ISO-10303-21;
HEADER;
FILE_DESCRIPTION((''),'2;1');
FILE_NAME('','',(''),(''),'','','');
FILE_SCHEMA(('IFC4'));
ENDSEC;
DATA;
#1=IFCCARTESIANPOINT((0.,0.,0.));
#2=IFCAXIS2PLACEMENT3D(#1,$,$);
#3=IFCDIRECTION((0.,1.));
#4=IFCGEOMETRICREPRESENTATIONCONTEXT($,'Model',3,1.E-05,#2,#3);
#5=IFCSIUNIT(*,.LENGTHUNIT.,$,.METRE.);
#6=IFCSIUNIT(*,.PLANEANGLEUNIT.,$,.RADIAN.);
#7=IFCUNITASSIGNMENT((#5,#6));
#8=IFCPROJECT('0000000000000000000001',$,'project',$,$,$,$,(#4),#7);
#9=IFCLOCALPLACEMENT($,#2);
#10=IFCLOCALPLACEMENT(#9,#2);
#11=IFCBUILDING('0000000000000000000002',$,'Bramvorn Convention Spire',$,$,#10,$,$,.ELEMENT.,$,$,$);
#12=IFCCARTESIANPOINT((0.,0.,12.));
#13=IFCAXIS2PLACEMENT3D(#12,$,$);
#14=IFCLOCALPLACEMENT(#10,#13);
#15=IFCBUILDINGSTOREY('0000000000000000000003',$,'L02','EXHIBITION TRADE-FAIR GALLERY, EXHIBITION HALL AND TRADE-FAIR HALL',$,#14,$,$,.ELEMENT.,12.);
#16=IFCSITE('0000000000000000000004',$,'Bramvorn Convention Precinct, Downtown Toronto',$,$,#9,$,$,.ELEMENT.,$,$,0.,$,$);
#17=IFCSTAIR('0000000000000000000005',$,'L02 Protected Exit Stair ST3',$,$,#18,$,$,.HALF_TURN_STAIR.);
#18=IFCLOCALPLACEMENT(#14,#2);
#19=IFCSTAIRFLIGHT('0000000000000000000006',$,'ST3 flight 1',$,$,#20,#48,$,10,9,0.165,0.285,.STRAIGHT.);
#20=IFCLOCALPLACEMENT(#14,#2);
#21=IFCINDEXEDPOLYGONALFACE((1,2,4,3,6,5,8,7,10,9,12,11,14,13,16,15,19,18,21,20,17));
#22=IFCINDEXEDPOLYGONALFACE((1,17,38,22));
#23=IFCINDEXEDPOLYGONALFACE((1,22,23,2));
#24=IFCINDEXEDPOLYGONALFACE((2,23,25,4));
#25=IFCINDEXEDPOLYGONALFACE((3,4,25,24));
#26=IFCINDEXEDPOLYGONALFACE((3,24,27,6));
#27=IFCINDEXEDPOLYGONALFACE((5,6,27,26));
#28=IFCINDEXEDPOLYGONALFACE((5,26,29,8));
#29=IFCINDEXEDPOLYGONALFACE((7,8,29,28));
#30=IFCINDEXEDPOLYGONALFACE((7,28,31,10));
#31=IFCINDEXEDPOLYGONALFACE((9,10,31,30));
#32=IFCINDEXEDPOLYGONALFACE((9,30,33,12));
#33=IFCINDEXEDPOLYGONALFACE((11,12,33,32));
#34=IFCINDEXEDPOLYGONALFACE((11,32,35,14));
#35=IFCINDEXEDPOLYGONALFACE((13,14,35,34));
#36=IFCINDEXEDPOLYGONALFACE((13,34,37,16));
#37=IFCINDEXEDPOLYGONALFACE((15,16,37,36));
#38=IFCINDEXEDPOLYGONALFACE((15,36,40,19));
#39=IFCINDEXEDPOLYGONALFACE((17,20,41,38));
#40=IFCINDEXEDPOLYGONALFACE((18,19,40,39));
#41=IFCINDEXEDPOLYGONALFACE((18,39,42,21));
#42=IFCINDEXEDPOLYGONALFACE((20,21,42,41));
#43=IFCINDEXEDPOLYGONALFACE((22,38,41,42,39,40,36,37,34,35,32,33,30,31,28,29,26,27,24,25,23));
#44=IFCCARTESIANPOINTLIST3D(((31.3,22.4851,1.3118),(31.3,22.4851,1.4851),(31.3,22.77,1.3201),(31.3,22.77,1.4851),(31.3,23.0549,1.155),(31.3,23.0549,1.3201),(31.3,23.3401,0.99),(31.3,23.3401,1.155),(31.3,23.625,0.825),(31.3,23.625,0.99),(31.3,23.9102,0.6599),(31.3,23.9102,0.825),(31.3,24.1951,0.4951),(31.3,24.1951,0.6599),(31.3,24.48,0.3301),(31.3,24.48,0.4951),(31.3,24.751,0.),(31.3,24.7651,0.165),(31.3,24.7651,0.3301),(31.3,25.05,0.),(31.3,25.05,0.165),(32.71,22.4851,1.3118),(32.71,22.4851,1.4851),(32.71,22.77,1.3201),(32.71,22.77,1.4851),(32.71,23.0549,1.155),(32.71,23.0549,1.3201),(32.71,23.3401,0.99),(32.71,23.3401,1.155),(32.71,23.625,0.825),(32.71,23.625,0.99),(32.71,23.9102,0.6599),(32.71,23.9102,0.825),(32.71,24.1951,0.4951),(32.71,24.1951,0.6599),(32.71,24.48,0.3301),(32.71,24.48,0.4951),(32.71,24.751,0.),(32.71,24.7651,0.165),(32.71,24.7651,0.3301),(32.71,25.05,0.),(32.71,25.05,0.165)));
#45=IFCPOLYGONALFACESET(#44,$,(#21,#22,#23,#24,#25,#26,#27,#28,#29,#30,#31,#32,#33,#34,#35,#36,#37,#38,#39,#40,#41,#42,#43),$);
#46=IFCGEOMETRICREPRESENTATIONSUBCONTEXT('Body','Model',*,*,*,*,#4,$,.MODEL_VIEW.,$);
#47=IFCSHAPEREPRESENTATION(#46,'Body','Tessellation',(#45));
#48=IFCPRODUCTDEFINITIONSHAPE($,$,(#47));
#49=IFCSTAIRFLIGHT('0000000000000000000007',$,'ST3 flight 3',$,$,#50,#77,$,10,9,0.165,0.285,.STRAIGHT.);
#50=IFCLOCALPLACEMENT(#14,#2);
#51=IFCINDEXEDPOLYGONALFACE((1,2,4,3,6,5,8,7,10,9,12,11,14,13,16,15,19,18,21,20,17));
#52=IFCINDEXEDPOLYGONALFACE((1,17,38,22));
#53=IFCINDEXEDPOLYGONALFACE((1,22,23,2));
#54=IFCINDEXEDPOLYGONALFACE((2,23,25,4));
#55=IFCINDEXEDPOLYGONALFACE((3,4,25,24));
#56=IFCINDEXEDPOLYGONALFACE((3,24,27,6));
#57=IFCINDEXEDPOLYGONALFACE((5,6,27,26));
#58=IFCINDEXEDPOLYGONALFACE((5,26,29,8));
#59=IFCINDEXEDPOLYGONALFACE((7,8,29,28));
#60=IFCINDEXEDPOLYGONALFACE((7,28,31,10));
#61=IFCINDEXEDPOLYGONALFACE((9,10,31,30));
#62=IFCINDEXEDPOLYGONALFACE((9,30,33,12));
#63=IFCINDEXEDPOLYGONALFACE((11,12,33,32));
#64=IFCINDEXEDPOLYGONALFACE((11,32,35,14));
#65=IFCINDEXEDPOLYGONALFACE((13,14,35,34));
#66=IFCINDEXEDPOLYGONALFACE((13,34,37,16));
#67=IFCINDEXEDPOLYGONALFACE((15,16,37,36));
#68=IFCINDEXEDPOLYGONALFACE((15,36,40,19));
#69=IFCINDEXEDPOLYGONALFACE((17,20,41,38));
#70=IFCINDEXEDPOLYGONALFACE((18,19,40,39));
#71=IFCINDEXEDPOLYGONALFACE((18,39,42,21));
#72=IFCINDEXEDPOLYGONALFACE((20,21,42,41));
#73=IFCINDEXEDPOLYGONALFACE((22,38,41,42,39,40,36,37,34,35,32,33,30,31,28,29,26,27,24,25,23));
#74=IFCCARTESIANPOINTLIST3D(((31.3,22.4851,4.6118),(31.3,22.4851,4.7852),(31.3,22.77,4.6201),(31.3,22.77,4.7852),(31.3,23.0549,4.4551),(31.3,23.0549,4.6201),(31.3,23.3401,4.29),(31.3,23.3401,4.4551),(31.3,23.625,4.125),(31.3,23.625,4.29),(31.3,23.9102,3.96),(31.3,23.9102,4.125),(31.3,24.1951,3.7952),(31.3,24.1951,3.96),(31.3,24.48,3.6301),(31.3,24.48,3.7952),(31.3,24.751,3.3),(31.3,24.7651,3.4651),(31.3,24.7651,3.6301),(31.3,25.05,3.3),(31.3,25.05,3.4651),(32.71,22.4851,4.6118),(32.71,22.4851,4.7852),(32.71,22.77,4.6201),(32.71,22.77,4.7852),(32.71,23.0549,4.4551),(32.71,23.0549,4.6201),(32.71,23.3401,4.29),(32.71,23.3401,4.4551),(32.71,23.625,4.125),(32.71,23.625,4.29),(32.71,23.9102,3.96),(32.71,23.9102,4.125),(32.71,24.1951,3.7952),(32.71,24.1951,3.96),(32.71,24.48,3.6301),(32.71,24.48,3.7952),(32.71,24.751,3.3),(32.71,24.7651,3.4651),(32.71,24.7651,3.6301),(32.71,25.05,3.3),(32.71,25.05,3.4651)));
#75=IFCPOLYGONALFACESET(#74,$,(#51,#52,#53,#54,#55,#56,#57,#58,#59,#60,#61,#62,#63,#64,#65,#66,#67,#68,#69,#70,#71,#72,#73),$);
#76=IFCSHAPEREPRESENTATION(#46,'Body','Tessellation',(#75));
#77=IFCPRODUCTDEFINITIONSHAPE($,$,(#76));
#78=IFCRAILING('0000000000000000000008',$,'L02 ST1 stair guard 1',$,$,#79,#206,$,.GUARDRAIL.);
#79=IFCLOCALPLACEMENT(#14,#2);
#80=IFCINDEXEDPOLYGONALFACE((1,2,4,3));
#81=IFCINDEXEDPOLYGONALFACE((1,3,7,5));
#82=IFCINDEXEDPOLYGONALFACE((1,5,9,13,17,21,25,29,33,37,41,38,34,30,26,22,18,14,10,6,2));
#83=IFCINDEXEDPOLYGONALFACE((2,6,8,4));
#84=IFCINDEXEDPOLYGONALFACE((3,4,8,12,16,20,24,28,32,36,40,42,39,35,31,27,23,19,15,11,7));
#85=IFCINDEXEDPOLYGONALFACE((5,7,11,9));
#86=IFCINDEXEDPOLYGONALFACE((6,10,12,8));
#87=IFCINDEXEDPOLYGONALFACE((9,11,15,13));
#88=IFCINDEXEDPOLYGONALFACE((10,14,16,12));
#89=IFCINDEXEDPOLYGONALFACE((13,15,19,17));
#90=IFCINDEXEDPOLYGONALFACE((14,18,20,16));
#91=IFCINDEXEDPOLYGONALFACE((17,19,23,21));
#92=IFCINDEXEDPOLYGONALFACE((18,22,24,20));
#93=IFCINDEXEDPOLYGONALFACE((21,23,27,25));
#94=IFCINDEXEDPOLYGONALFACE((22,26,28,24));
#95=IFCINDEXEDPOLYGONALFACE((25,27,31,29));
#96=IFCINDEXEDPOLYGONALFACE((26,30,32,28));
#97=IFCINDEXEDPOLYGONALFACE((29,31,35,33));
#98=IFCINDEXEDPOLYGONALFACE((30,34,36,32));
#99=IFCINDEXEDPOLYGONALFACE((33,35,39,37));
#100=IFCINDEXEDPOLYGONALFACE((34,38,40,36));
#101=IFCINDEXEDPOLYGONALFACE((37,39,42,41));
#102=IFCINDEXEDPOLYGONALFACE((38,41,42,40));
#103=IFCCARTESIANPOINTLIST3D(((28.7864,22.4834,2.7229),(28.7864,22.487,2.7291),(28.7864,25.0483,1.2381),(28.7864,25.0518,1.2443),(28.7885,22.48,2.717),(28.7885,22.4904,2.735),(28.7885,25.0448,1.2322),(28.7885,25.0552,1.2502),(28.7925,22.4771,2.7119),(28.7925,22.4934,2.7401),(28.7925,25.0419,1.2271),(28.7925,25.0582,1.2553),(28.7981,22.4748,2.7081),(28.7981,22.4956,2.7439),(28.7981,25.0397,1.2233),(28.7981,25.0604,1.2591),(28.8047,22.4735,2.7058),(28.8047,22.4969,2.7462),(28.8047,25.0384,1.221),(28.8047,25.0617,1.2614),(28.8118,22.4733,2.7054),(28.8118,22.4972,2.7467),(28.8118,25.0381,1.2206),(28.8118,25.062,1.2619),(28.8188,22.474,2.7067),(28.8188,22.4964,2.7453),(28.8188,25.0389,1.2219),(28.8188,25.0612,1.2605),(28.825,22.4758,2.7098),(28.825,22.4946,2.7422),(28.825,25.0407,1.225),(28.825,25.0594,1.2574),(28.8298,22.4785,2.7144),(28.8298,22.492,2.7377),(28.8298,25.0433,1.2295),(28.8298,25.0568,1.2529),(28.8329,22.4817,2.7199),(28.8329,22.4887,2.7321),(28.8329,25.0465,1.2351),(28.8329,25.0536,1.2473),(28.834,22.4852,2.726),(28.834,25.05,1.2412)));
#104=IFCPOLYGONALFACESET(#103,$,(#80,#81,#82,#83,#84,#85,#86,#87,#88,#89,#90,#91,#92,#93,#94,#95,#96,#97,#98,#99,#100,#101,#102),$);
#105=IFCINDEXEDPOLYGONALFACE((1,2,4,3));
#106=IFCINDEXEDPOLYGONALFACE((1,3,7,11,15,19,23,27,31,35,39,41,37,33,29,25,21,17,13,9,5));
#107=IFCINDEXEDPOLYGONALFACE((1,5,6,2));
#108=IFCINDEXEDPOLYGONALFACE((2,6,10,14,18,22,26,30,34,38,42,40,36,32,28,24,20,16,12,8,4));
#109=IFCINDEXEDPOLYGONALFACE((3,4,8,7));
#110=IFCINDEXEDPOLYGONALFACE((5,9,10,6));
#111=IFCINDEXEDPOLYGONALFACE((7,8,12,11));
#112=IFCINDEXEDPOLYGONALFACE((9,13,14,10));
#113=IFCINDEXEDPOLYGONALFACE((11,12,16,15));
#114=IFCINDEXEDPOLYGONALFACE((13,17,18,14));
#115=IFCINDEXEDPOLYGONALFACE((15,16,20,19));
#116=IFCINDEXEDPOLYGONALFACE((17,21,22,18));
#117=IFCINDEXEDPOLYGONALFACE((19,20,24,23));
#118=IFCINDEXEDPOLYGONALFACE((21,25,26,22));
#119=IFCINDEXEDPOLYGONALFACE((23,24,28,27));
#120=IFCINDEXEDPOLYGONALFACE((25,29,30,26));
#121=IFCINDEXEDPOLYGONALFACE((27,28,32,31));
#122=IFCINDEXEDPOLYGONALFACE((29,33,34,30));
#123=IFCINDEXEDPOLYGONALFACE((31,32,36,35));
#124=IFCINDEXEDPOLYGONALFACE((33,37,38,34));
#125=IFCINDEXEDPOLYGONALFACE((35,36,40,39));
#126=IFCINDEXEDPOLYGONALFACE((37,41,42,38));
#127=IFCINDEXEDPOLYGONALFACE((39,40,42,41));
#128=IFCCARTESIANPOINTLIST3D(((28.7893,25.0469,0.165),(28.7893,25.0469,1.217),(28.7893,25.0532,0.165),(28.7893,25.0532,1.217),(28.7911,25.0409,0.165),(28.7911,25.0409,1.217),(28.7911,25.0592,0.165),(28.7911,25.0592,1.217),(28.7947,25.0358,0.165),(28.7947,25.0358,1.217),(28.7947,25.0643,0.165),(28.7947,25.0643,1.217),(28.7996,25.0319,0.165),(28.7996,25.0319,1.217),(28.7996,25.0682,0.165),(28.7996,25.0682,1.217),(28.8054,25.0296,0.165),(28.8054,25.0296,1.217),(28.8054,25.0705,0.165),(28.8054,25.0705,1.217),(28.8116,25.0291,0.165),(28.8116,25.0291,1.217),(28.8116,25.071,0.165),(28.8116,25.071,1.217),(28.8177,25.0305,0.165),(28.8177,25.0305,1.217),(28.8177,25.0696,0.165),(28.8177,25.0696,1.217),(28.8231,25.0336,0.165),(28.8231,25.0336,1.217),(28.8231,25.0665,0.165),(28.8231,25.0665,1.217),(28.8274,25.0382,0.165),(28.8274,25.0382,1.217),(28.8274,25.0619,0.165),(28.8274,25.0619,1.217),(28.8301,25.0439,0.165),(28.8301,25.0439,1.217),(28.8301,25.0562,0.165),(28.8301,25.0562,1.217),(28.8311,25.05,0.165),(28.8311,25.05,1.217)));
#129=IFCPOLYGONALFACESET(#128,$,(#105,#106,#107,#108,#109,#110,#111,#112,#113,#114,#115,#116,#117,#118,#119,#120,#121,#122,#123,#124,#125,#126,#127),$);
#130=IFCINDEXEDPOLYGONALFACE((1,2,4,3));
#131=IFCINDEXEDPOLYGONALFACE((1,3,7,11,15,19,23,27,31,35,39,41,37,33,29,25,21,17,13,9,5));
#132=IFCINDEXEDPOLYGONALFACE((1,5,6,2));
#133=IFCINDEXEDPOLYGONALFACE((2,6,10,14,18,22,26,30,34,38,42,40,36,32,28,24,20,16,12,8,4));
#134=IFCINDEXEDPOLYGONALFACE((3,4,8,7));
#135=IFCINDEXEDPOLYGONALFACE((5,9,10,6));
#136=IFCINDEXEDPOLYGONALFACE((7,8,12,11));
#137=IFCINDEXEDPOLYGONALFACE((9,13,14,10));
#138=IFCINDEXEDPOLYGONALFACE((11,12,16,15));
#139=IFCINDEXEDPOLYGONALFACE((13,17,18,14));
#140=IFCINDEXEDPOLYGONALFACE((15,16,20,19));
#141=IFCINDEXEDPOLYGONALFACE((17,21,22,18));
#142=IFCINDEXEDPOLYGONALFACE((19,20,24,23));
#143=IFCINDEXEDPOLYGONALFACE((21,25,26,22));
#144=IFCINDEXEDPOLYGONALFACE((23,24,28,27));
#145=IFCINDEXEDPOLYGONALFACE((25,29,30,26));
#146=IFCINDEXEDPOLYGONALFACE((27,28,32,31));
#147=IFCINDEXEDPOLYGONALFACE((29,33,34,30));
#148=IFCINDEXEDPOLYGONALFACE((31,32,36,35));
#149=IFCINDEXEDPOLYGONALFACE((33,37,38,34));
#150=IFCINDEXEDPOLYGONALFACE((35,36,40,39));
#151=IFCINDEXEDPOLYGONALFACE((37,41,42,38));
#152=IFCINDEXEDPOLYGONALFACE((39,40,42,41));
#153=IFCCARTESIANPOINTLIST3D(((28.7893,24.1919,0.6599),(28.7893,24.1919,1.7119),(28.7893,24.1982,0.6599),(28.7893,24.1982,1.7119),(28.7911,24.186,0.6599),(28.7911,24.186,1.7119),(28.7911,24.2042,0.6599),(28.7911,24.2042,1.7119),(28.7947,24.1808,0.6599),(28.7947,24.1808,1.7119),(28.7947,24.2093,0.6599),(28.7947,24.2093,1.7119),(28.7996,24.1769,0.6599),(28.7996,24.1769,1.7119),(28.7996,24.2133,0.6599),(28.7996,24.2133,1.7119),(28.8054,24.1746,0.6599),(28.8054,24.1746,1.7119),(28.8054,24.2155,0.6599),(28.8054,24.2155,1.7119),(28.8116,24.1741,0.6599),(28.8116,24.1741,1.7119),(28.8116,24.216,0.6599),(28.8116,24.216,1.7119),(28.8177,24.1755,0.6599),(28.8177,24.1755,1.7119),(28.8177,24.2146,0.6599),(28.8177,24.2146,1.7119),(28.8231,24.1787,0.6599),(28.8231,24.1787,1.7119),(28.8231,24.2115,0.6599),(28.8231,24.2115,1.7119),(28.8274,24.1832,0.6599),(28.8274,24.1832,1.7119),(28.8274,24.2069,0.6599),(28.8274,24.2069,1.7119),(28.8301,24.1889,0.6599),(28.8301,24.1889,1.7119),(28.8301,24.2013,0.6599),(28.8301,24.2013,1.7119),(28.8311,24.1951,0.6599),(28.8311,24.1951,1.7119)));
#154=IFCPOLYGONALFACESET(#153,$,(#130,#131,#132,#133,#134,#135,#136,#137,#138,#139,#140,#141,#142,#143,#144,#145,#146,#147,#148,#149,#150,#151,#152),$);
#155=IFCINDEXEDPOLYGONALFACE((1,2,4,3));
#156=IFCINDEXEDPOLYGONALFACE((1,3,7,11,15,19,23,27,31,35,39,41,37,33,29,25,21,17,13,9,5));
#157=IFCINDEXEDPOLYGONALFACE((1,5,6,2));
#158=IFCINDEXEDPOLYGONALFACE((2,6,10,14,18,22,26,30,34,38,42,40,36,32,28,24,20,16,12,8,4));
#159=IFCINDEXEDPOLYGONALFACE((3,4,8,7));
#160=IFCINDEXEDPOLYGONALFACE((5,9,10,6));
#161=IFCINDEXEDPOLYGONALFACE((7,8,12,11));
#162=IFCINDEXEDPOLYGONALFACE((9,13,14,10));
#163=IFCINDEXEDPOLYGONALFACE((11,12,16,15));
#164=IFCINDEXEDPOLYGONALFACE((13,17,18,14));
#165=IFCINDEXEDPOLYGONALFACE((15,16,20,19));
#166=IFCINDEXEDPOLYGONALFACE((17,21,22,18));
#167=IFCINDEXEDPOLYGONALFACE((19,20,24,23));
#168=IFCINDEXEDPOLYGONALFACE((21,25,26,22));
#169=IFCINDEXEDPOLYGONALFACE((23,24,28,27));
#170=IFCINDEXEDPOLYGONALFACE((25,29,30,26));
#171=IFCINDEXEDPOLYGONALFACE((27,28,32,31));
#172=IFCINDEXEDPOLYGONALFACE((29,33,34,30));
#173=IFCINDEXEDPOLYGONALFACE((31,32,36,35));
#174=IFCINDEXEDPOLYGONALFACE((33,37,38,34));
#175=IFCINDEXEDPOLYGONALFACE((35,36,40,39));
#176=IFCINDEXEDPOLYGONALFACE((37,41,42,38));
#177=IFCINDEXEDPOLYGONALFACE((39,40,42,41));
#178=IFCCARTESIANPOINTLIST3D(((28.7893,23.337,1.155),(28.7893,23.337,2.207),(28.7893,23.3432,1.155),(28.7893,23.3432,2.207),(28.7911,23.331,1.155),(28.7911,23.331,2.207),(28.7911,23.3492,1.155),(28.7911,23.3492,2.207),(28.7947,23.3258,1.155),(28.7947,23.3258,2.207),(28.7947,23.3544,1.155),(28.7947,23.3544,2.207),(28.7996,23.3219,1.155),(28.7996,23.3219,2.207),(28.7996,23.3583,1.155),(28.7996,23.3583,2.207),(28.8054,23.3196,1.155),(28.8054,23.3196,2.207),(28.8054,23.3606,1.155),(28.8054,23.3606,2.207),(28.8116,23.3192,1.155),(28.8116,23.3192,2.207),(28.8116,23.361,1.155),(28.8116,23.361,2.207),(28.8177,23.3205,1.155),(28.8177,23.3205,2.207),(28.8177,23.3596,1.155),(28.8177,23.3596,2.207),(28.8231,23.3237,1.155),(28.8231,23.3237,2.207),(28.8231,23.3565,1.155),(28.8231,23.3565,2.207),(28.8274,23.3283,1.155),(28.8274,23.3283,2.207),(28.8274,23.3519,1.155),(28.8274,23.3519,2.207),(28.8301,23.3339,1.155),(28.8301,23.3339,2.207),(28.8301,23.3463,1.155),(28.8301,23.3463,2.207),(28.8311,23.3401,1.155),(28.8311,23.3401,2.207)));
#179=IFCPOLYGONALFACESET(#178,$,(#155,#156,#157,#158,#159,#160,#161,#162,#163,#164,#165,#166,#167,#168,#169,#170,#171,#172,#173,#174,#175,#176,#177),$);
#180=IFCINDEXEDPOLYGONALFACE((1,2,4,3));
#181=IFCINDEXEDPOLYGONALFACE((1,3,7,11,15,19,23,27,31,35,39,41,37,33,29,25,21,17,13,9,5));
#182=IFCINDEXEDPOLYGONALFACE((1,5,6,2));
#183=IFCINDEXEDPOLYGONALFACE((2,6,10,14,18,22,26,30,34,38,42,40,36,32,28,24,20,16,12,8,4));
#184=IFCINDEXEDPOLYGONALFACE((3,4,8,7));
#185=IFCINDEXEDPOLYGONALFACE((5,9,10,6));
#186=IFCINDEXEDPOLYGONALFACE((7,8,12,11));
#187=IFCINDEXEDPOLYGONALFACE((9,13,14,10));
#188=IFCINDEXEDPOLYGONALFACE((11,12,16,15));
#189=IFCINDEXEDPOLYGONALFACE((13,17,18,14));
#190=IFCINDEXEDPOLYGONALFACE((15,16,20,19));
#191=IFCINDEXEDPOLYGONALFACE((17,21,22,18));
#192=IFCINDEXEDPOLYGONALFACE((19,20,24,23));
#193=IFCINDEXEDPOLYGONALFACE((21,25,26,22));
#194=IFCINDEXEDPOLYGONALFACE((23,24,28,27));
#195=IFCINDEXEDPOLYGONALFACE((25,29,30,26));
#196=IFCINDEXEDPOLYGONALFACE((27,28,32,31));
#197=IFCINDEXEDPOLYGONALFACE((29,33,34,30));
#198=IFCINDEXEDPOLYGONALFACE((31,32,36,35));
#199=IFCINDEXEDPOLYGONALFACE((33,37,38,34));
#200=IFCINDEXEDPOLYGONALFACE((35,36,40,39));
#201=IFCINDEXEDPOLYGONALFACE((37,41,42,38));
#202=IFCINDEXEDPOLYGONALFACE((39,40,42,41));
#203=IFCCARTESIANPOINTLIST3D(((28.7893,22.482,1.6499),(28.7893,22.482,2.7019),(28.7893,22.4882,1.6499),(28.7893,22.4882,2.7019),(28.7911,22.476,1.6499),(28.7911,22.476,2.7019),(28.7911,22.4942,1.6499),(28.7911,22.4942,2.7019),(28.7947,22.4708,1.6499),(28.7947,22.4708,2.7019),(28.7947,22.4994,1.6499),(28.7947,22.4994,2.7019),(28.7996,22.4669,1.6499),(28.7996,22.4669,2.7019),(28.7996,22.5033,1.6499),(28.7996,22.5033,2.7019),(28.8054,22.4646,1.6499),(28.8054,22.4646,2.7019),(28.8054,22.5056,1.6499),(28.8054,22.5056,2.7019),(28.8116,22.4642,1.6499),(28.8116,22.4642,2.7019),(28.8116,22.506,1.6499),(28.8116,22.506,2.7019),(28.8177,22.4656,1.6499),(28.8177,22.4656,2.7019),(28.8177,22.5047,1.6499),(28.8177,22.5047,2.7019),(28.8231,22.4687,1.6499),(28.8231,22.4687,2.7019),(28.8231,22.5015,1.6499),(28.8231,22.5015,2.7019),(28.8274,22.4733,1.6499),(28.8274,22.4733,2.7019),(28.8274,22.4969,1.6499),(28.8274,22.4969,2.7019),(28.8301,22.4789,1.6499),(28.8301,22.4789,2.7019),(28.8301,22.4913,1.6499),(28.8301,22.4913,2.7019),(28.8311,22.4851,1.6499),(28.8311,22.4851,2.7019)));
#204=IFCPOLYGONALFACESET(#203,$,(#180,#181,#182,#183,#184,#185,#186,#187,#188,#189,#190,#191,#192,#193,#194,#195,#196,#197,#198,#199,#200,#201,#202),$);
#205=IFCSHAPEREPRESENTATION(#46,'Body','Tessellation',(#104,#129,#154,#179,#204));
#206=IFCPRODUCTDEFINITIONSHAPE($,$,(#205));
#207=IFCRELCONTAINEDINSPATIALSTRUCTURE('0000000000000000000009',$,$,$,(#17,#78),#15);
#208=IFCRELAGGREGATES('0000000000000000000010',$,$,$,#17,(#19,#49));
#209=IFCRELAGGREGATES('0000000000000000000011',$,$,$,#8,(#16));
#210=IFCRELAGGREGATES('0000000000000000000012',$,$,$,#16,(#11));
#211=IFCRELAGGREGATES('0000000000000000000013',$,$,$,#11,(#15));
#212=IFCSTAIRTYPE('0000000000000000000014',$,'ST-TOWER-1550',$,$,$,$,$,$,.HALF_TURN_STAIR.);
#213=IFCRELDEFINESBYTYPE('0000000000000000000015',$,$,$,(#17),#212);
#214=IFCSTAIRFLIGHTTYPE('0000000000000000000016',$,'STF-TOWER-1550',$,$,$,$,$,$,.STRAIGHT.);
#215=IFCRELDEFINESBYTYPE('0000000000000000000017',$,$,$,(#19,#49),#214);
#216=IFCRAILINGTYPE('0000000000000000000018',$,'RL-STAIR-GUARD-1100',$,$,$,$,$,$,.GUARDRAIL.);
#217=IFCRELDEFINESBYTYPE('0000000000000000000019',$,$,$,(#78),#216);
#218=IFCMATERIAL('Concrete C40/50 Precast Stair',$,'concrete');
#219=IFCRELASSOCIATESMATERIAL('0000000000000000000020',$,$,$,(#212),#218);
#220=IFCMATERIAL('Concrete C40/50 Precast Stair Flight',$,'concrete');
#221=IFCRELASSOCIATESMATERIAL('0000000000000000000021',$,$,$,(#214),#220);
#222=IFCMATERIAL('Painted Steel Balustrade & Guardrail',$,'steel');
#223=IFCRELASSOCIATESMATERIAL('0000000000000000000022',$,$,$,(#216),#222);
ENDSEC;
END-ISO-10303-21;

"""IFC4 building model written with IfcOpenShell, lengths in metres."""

from ifc_helpers import new_model, si_unit, direction, frame, origin, origin_2d, place, context, subcontext, project, spatial, polyline, circle, outline, extrude, material, type_object, element, aggregate, save


model = new_model("IFC4")

# Units and contexts
model_context = context("Model", 3, precision=1e-05, world=origin(), true_north=direction((0.0, 1.0)))
body_context = subcontext(model_context, "Body", "Model", "MODEL_VIEW")
ifc_project = project(units=[si_unit("LENGTHUNIT", "METRE"), si_unit("PLANEANGLEUNIT", "RADIAN")], contexts=[model_context])

# Site, building, storey
site_placement = place(None, origin())
site = spatial("IfcSite", under=ifc_project, at=site_placement, Name="Bramvorn Convention Precinct, Downtown Toronto", CompositionType="ELEMENT", RefElevation=0.0)
building_placement = place(site_placement, origin())
building = spatial("IfcBuilding", under=site, at=building_placement, Name="Bramvorn Convention Spire", CompositionType="ELEMENT")
storey_placement = place(building_placement, frame((0.0, 0.0, 12.0)))
storey = spatial("IfcBuildingStorey", under=building, at=storey_placement, Name="L02", Description="EXHIBITION TRADE-FAIR GALLERY, EXHIBITION HALL AND TRADE-FAIR HALL", CompositionType="ELEMENT", Elevation=12.0)

# Stair, stair flights
ifc_material_1 = material(Name="Concrete C40/50 Precast Stair", Category="concrete")
stair_type = type_object("IfcStairType", Name="ST-TOWER-1550", PredefinedType="HALF_TURN_STAIR", material=ifc_material_1)
ifc_material_2 = material(Name="Concrete C40/50 Precast Stair Flight", Category="concrete")
stair_flight_type = type_object("IfcStairFlightType", Name="STF-TOWER-1550", PredefinedType="STRAIGHT", material=ifc_material_2)
stair_1_placement = place(storey_placement, origin())
stair_1 = element("IfcStair", 1, at=stair_1_placement, inside=storey, type_object=stair_type, Name="L02 Protected Exit Stair ST3", PredefinedType="HALF_TURN_STAIR")
stair_flight_1_placement = place(storey_placement, frame((32.0049, 25.05, 0.0), z_axis=(0.0, 0.0, 1.0), x_axis=(0.0, -1.0, 0.0)))
stair_flight_1 = element("IfcStairFlight", 2, at=stair_flight_1_placement, type_object=stair_flight_type, Name="ST3 flight 1", NumberOfRisers=10, NumberOfTreads=9, PredefinedType="STRAIGHT", RiserHeight=0.165, TreadLength=0.285, context=body_context, shape_type="SweptSolid", body=[
    extrude(outline(polyline([(0.0, 0.0), (0.0, 0.165), (0.2849, 0.165), (0.2849, 0.3301), (0.5701, 0.3301), (0.5701, 0.4951), (0.855, 0.4951), (0.855, 0.6599), (1.1399, 0.6599), (1.1399, 0.825), (1.425, 0.825), (1.425, 0.99), (1.71, 0.99), (1.71, 1.155), (1.9951, 1.155), (1.9951, 1.3201), (2.28, 1.3201), (2.28, 1.4851), (2.5649, 1.4851), (2.5649, 1.6499), (2.5649, 1.3118), (0.2991, 0.0), (0.0, 0.0)])), frame((0.0, 0.7051, 0.0), z_axis=(0.0, -1.0, 0.0), x_axis=(1.0, 0.0, 0.0)), (0.0, 0.0, 1.0), 1.4099),
])
stair_flight_2_placement = place(storey_placement, frame((32.0049, 25.05, 3.3), z_axis=(0.0, 0.0, 1.0), x_axis=(0.0, -1.0, 0.0)))
stair_flight_2 = element("IfcStairFlight", 3, at=stair_flight_2_placement, type_object=stair_flight_type, Name="ST3 flight 3", NumberOfRisers=10, NumberOfTreads=9, PredefinedType="STRAIGHT", RiserHeight=0.165, TreadLength=0.285, context=body_context, shape_type="SweptSolid", body=[
    extrude(outline(polyline([(0.0, 0.0), (0.0, 0.165), (0.2849, 0.165), (0.2849, 0.3301), (0.5701, 0.3301), (0.5701, 0.4951), (0.855, 0.4951), (0.855, 0.6599), (1.1399, 0.6599), (1.1399, 0.825), (1.425, 0.825), (1.425, 0.99), (1.71, 0.99), (1.71, 1.155), (1.9951, 1.155), (1.9951, 1.3201), (2.28, 1.3201), (2.28, 1.4851), (2.5649, 1.4851), (2.5649, 1.6499), (2.5649, 1.3118), (0.2991, 0.0), (0.0, 0.0)])), frame((0.0, 0.7051, 0.0), z_axis=(0.0, -1.0, 0.0), x_axis=(1.0, 0.0, 0.0)), (0.0, 0.0, 1.0), 1.4099),
])
aggregate(stair_1, [stair_flight_1, stair_flight_2])

# Railing
ifc_material_3 = material(Name="Painted Steel Balustrade & Guardrail", Category="steel")
railing_type_1 = type_object("IfcRailingType", Name="RL-STAIR-GUARD-1100", PredefinedType="GUARDRAIL", material=ifc_material_3)
railing_1_placement = place(storey_placement, frame((28.8101, 25.05, 0.165)))
element("IfcRailing", 4, at=railing_1_placement, inside=storey, type_object=railing_type_1, Name="L02 ST1 stair guard 1", PredefinedType="GUARDRAIL", context=body_context, shape_type="SweptSolid", body=[
    extrude(circle(Radius=0.0239, at=origin_2d()), frame((0.0, 0.0, 1.0762), z_axis=(0.0, -0.865441, 0.50101), x_axis=(1.0, 0.0, 0.0)), (0.0, 0.0, 1.0), 2.9636),
    extrude(circle(Radius=0.021, at=origin_2d()), origin(), (0.0, 0.0, 1.0), 1.052),
    extrude(circle(Radius=0.021, at=origin_2d()), frame((0.0, -0.855, 0.4949)), (0.0, 0.0, 1.0), 1.052),
    extrude(circle(Radius=0.021, at=origin_2d()), frame((0.0, -1.71, 0.99)), (0.0, 0.0, 1.0), 1.052),
    extrude(circle(Radius=0.021, at=origin_2d()), frame((0.0, -2.5649, 1.4849)), (0.0, 0.0, 1.0), 1.052),
])

save(model, "model.ifc")
